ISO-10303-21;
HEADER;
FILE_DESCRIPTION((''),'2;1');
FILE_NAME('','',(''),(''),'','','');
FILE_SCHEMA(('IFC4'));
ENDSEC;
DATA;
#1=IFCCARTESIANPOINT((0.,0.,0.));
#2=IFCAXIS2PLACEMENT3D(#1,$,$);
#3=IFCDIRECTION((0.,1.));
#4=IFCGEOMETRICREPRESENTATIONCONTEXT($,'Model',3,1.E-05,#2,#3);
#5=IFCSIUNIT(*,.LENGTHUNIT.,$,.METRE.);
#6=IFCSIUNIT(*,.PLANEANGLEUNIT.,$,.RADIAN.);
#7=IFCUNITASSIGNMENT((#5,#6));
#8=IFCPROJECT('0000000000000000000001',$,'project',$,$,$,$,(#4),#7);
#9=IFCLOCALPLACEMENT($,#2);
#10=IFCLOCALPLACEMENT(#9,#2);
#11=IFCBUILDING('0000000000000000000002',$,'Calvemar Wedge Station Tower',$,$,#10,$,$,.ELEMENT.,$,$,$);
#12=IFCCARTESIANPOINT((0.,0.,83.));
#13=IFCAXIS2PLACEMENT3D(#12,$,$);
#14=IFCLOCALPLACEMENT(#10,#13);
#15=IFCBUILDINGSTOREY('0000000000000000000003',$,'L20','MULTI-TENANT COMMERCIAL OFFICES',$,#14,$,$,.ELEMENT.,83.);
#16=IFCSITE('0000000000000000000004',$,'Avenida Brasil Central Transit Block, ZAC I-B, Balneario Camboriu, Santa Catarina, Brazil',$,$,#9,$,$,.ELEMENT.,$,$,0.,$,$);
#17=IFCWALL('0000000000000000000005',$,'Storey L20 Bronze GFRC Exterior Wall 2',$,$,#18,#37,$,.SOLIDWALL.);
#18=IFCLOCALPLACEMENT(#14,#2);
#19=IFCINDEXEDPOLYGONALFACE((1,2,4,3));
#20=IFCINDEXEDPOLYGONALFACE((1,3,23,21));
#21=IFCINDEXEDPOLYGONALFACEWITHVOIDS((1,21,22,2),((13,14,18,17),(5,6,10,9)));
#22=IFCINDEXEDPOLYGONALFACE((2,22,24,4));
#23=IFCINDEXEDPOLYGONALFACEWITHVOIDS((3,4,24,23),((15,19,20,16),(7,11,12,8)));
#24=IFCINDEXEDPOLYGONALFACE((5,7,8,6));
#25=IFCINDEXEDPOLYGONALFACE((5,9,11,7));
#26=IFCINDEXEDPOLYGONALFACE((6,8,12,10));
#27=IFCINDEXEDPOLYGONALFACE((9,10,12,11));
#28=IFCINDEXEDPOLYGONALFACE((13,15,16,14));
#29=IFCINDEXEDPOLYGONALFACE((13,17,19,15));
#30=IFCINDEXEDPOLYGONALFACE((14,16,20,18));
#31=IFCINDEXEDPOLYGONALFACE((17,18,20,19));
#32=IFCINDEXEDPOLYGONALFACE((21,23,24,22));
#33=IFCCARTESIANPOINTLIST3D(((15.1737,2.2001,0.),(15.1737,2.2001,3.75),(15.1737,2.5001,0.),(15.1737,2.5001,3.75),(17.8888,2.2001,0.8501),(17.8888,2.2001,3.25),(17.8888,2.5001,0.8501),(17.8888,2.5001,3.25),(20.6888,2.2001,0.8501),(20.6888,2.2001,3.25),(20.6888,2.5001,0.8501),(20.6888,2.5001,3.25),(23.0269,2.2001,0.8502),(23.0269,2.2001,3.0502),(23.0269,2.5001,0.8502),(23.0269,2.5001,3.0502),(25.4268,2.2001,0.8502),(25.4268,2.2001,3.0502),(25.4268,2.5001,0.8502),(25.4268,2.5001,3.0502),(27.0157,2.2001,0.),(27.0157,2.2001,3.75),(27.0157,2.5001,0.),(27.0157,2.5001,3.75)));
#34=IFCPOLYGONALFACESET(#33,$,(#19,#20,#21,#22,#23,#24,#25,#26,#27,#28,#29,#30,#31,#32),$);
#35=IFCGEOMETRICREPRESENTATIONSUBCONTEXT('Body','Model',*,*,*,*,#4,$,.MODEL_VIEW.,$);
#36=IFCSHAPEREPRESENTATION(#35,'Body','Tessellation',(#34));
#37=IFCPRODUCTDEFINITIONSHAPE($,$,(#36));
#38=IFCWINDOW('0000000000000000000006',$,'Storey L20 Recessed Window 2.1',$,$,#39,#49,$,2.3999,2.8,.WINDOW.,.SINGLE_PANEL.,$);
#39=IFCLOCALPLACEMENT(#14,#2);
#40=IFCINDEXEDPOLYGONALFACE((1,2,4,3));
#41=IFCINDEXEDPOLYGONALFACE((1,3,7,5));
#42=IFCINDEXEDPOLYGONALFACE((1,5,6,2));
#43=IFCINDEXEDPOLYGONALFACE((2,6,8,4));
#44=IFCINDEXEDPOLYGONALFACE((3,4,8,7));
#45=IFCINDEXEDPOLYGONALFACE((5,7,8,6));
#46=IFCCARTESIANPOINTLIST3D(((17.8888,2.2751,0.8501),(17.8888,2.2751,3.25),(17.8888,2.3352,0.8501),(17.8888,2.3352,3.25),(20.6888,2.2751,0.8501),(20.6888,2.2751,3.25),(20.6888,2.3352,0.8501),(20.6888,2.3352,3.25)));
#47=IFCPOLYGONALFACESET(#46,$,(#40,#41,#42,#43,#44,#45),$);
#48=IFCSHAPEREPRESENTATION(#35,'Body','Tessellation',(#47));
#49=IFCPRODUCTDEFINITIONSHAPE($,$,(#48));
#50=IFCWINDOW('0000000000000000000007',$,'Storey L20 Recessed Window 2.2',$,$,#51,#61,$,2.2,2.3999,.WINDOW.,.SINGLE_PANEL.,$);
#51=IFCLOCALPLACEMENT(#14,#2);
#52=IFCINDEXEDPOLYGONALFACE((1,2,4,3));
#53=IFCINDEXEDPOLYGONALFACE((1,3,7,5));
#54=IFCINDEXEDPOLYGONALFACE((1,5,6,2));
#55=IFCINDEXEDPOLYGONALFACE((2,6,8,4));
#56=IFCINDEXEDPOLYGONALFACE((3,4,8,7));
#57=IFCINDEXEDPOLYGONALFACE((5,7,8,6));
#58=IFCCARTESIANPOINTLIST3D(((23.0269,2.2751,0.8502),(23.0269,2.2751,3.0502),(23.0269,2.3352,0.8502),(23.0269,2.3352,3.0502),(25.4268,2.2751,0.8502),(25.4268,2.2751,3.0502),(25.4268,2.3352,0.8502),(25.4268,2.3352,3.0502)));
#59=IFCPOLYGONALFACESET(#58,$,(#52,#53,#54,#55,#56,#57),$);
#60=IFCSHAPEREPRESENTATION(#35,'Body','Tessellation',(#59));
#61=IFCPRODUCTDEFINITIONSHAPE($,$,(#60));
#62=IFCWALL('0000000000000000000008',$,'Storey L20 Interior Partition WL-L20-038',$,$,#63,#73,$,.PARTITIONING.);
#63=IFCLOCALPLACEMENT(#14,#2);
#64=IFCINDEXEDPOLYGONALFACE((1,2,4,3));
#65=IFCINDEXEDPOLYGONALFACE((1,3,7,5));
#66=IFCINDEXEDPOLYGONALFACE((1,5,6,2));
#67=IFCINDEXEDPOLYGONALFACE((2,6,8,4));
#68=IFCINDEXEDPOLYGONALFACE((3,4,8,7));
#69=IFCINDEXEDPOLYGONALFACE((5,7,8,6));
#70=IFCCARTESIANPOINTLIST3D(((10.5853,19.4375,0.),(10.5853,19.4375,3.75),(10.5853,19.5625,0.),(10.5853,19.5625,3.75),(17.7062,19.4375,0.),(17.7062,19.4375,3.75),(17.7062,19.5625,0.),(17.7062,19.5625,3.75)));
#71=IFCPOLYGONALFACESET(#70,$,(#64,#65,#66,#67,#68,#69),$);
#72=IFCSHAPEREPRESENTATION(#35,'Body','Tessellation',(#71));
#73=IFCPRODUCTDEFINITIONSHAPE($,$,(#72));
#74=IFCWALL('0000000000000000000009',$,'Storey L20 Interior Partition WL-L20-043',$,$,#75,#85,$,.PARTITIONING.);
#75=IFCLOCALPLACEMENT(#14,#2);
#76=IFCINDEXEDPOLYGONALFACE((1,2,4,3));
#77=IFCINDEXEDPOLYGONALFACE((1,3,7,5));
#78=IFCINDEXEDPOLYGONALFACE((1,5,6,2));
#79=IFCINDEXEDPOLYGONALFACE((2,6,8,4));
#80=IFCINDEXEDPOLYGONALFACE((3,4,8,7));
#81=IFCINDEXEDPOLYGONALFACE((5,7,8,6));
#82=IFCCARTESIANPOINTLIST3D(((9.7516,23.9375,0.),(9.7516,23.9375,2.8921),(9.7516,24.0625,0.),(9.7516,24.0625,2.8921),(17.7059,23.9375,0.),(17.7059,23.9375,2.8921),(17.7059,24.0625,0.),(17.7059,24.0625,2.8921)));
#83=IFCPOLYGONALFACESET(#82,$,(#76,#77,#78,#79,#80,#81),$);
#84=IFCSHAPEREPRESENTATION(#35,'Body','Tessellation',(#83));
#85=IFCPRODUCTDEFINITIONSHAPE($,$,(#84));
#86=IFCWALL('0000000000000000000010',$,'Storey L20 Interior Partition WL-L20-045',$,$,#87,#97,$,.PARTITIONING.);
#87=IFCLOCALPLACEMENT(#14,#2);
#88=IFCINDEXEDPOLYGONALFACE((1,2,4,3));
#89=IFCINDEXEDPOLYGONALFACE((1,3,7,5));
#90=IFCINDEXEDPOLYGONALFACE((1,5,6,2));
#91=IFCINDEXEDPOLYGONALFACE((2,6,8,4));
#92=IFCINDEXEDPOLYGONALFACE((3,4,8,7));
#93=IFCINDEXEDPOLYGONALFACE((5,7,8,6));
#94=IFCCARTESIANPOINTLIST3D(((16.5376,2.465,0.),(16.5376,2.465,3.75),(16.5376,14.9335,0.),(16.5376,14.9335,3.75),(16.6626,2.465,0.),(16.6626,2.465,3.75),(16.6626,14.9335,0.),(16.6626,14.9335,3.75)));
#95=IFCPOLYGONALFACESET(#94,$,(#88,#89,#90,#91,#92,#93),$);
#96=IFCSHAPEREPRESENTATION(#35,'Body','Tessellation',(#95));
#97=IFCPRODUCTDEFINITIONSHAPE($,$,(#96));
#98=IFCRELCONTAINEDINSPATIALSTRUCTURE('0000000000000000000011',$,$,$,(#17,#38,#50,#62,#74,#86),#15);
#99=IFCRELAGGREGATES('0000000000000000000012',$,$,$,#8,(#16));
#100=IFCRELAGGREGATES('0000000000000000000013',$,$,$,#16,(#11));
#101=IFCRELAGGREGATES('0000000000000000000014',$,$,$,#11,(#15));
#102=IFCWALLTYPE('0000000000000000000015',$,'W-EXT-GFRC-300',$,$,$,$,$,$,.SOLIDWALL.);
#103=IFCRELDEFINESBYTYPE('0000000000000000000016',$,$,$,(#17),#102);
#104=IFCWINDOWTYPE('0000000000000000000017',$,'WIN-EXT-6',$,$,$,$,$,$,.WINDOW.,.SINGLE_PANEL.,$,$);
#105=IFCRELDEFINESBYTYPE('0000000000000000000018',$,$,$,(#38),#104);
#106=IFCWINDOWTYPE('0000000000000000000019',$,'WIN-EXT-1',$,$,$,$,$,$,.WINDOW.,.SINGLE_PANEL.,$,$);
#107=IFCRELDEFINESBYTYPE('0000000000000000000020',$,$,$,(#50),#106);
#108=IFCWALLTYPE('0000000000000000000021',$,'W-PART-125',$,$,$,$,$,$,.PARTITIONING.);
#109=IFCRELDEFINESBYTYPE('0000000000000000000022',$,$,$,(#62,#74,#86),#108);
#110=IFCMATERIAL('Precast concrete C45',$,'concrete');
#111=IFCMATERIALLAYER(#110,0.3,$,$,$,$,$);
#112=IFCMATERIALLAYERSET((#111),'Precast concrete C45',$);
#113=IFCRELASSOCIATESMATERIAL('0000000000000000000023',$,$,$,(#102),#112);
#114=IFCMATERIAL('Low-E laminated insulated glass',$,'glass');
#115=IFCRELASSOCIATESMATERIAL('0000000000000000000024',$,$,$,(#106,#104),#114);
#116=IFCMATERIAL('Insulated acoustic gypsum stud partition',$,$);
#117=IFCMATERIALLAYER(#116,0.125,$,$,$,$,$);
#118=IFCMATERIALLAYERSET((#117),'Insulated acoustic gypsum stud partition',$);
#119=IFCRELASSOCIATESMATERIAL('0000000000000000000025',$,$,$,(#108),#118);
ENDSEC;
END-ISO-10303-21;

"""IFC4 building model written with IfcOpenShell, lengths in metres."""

from ifc_helpers import new_model, si_unit, direction, frame, frame_2d, origin, place, context, subcontext, project, spatial, rectangle, extrude, source, transform, mapped, material, layer, layer_set, type_object, element, fill, save


model = new_model("IFC4")

# Units and contexts
model_context = context("Model", 3, precision=1e-05, world=origin(), true_north=direction((0.0, 1.0)))
body_context = subcontext(model_context, "Body", "Model", "MODEL_VIEW")
ifc_project = project(units=[si_unit("LENGTHUNIT", "METRE"), si_unit("PLANEANGLEUNIT", "RADIAN")], contexts=[model_context])

# Site, building, storey
site_placement = place(None, origin())
site = spatial("IfcSite", under=ifc_project, at=site_placement, Name="Avenida Brasil Central Transit Block, ZAC I-B, Balneario Camboriu, Santa Catarina, Brazil", CompositionType="ELEMENT", RefElevation=0.0)
building_placement = place(site_placement, origin())
building = spatial("IfcBuilding", under=site, at=building_placement, Name="Calvemar Wedge Station Tower", CompositionType="ELEMENT")
storey_placement = place(building_placement, frame((0.0, 0.0, 83.0)))
storey = spatial("IfcBuildingStorey", under=building, at=storey_placement, Name="L20", Description="MULTI-TENANT COMMERCIAL OFFICES", CompositionType="ELEMENT", Elevation=83.0)

# Shared definitions
ifc_material_1 = material(Name="Precast concrete C45", Category="concrete")

# Shared definitions
ifc_layer_1 = layer(ifc_material_1, 0.3)
ifc_layer_set_1 = layer_set([ifc_layer_1], Name="Precast concrete C45")
wall_type_1 = type_object("IfcWallType", Name="W-EXT-GFRC-300", PredefinedType="SOLIDWALL", material=ifc_layer_set_1)
shared_shape_1 = source(origin(), body_context, "Body", "SweptSolid", [
    extrude(rectangle(XDim=2.3999, YDim=2.2, at=frame_2d((1.2, 1.1001))), frame((0.0, 0.1602, 0.0), z_axis=(0.0, -1.0, 0.0), x_axis=(1.0, 0.0, 0.0)), (0.0, 0.0, 1.0), 0.3201),
])
ifc_material_2 = material(Name="Low-E laminated insulated glass", Category="glass")
window_type_1 = type_object("IfcWindowType", Name="WIN-EXT-1", PartitioningType="SINGLE_PANEL", PredefinedType="WINDOW", material=ifc_material_2)
shared_shape_2 = source(origin(), body_context, "Body", "SweptSolid", [
    extrude(rectangle(XDim=2.3999, YDim=2.2, at=frame_2d((1.2, 1.1001))), frame((0.0, -0.0149, 0.0), z_axis=(0.0, -1.0, 0.0), x_axis=(1.0, 0.0, 0.0)), (0.0, 0.0, 1.0), 0.0601),
])

# Wall, openings, windows
wall_1_placement = place(storey_placement, frame((15.1738, 2.3501, 0.0), z_axis=(0.0, 0.0, 1.0), x_axis=(1.0, 0.0, 0.0)))
wall_1 = element("IfcWall", 1, at=wall_1_placement, inside=storey, type_object=wall_type_1, Name="Storey L20 Bronze GFRC Exterior Wall 2", PredefinedType="SOLIDWALL", context=body_context, shape_type="SweptSolid", body=[
    extrude(rectangle(XDim=11.842, YDim=0.3, at=frame_2d((5.9209, 0.0))), origin(), (0.0, 0.0, 1.0), 3.75),
])
shared_shape_3 = source(origin(), body_context, "Body", "SweptSolid", [
    extrude(rectangle(XDim=2.8, YDim=2.3999, at=frame_2d((1.3999, 1.2))), frame((0.0, 0.1602, 0.0), z_axis=(0.0, -1.0, 0.0), x_axis=(1.0, 0.0, 0.0)), (0.0, 0.0, 1.0), 0.3201),
])
opening_1_placement = place(wall_1_placement, frame((2.7151, 0.0, 0.8501)))
opening_1 = element("IfcOpeningElement", 2, at=opening_1_placement, cuts=wall_1, PredefinedType="OPENING", context=body_context, shape_type="MappedRepresentation", body=[
    mapped(shared_shape_3, transform((0.0, 0.0, 0.0), scale=1.0)),
])
opening_2_placement = place(wall_1_placement, frame((7.853, 0.0, 0.8501)))
opening_2 = element("IfcOpeningElement", 3, at=opening_2_placement, cuts=wall_1, PredefinedType="OPENING", context=body_context, shape_type="MappedRepresentation", body=[
    mapped(shared_shape_1, transform((0.0, 0.0, 0.0), scale=1.0)),
])
window_type_2 = type_object("IfcWindowType", Name="WIN-EXT-6", PartitioningType="SINGLE_PANEL", PredefinedType="WINDOW", material=ifc_material_2)
shared_shape_4 = source(origin(), body_context, "Body", "SweptSolid", [
    extrude(rectangle(XDim=2.8, YDim=2.3999, at=frame_2d((1.3999, 1.2))), frame((0.0, -0.0149, 0.0), z_axis=(0.0, -1.0, 0.0), x_axis=(1.0, 0.0, 0.0)), (0.0, 0.0, 1.0), 0.0601),
])
window_1_placement = place(opening_1_placement, origin())
window_1 = element("IfcWindow", 4, at=window_1_placement, inside=storey, type_object=window_type_2, Name="Storey L20 Recessed Window 2.1", OverallHeight=2.3999, OverallWidth=2.8, PartitioningType="SINGLE_PANEL", PredefinedType="WINDOW", context=body_context, shape_type="MappedRepresentation", body=[
    mapped(shared_shape_4, transform((0.0, 0.0, 0.0), scale=1.0)),
])
fill(opening_1, window_1)
window_2_placement = place(opening_2_placement, origin())
window_2 = element("IfcWindow", 5, at=window_2_placement, inside=storey, type_object=window_type_1, Name="Storey L20 Recessed Window 2.2", OverallHeight=2.2, OverallWidth=2.3999, PartitioningType="SINGLE_PANEL", PredefinedType="WINDOW", context=body_context, shape_type="MappedRepresentation", body=[
    mapped(shared_shape_2, transform((0.0, 0.0, 0.0), scale=1.0)),
])
fill(opening_2, window_2)

# Walls
ifc_material_3 = material(Name="Insulated acoustic gypsum stud partition")
ifc_layer_2 = layer(ifc_material_3, 0.125)
ifc_layer_set_2 = layer_set([ifc_layer_2], Name="Insulated acoustic gypsum stud partition")
wall_type_2 = type_object("IfcWallType", Name="W-PART-125", PredefinedType="PARTITIONING", material=ifc_layer_set_2)
wall_2_placement = place(storey_placement, frame((10.5852, 19.5, 0.0), z_axis=(0.0, 0.0, 1.0), x_axis=(1.0, 0.0, 0.0)))
element("IfcWall", 6, at=wall_2_placement, inside=storey, type_object=wall_type_2, Name="Storey L20 Interior Partition WL-L20-038", PredefinedType="PARTITIONING", context=body_context, shape_type="SweptSolid", body=[
    extrude(rectangle(XDim=7.1208, YDim=0.125, at=frame_2d((3.5605, 0.0))), origin(), (0.0, 0.0, 1.0), 3.75),
])
wall_3_placement = place(storey_placement, frame((9.7517, 24.0, 0.0), z_axis=(0.0, 0.0, 1.0), x_axis=(1.0, 0.0, 0.0)))
element("IfcWall", 7, at=wall_3_placement, inside=storey, type_object=wall_type_2, Name="Storey L20 Interior Partition WL-L20-043", PredefinedType="PARTITIONING", context=body_context, shape_type="SweptSolid", body=[
    extrude(rectangle(XDim=7.9543, YDim=0.125, at=frame_2d((3.9771, 0.0))), origin(), (0.0, 0.0, 1.0), 2.8921),
])
wall_4_placement = place(storey_placement, frame((16.6001, 14.9336, 0.0), z_axis=(0.0, 0.0, 1.0), x_axis=(0.0, -1.0, 0.0)))
element("IfcWall", 8, at=wall_4_placement, inside=storey, type_object=wall_type_2, Name="Storey L20 Interior Partition WL-L20-045", PredefinedType="PARTITIONING", context=body_context, shape_type="SweptSolid", body=[
    extrude(rectangle(XDim=12.4685, YDim=0.125, at=frame_2d((6.2344, 0.0))), origin(), (0.0, 0.0, 1.0), 3.75),
])

save(model, "model.ifc")
